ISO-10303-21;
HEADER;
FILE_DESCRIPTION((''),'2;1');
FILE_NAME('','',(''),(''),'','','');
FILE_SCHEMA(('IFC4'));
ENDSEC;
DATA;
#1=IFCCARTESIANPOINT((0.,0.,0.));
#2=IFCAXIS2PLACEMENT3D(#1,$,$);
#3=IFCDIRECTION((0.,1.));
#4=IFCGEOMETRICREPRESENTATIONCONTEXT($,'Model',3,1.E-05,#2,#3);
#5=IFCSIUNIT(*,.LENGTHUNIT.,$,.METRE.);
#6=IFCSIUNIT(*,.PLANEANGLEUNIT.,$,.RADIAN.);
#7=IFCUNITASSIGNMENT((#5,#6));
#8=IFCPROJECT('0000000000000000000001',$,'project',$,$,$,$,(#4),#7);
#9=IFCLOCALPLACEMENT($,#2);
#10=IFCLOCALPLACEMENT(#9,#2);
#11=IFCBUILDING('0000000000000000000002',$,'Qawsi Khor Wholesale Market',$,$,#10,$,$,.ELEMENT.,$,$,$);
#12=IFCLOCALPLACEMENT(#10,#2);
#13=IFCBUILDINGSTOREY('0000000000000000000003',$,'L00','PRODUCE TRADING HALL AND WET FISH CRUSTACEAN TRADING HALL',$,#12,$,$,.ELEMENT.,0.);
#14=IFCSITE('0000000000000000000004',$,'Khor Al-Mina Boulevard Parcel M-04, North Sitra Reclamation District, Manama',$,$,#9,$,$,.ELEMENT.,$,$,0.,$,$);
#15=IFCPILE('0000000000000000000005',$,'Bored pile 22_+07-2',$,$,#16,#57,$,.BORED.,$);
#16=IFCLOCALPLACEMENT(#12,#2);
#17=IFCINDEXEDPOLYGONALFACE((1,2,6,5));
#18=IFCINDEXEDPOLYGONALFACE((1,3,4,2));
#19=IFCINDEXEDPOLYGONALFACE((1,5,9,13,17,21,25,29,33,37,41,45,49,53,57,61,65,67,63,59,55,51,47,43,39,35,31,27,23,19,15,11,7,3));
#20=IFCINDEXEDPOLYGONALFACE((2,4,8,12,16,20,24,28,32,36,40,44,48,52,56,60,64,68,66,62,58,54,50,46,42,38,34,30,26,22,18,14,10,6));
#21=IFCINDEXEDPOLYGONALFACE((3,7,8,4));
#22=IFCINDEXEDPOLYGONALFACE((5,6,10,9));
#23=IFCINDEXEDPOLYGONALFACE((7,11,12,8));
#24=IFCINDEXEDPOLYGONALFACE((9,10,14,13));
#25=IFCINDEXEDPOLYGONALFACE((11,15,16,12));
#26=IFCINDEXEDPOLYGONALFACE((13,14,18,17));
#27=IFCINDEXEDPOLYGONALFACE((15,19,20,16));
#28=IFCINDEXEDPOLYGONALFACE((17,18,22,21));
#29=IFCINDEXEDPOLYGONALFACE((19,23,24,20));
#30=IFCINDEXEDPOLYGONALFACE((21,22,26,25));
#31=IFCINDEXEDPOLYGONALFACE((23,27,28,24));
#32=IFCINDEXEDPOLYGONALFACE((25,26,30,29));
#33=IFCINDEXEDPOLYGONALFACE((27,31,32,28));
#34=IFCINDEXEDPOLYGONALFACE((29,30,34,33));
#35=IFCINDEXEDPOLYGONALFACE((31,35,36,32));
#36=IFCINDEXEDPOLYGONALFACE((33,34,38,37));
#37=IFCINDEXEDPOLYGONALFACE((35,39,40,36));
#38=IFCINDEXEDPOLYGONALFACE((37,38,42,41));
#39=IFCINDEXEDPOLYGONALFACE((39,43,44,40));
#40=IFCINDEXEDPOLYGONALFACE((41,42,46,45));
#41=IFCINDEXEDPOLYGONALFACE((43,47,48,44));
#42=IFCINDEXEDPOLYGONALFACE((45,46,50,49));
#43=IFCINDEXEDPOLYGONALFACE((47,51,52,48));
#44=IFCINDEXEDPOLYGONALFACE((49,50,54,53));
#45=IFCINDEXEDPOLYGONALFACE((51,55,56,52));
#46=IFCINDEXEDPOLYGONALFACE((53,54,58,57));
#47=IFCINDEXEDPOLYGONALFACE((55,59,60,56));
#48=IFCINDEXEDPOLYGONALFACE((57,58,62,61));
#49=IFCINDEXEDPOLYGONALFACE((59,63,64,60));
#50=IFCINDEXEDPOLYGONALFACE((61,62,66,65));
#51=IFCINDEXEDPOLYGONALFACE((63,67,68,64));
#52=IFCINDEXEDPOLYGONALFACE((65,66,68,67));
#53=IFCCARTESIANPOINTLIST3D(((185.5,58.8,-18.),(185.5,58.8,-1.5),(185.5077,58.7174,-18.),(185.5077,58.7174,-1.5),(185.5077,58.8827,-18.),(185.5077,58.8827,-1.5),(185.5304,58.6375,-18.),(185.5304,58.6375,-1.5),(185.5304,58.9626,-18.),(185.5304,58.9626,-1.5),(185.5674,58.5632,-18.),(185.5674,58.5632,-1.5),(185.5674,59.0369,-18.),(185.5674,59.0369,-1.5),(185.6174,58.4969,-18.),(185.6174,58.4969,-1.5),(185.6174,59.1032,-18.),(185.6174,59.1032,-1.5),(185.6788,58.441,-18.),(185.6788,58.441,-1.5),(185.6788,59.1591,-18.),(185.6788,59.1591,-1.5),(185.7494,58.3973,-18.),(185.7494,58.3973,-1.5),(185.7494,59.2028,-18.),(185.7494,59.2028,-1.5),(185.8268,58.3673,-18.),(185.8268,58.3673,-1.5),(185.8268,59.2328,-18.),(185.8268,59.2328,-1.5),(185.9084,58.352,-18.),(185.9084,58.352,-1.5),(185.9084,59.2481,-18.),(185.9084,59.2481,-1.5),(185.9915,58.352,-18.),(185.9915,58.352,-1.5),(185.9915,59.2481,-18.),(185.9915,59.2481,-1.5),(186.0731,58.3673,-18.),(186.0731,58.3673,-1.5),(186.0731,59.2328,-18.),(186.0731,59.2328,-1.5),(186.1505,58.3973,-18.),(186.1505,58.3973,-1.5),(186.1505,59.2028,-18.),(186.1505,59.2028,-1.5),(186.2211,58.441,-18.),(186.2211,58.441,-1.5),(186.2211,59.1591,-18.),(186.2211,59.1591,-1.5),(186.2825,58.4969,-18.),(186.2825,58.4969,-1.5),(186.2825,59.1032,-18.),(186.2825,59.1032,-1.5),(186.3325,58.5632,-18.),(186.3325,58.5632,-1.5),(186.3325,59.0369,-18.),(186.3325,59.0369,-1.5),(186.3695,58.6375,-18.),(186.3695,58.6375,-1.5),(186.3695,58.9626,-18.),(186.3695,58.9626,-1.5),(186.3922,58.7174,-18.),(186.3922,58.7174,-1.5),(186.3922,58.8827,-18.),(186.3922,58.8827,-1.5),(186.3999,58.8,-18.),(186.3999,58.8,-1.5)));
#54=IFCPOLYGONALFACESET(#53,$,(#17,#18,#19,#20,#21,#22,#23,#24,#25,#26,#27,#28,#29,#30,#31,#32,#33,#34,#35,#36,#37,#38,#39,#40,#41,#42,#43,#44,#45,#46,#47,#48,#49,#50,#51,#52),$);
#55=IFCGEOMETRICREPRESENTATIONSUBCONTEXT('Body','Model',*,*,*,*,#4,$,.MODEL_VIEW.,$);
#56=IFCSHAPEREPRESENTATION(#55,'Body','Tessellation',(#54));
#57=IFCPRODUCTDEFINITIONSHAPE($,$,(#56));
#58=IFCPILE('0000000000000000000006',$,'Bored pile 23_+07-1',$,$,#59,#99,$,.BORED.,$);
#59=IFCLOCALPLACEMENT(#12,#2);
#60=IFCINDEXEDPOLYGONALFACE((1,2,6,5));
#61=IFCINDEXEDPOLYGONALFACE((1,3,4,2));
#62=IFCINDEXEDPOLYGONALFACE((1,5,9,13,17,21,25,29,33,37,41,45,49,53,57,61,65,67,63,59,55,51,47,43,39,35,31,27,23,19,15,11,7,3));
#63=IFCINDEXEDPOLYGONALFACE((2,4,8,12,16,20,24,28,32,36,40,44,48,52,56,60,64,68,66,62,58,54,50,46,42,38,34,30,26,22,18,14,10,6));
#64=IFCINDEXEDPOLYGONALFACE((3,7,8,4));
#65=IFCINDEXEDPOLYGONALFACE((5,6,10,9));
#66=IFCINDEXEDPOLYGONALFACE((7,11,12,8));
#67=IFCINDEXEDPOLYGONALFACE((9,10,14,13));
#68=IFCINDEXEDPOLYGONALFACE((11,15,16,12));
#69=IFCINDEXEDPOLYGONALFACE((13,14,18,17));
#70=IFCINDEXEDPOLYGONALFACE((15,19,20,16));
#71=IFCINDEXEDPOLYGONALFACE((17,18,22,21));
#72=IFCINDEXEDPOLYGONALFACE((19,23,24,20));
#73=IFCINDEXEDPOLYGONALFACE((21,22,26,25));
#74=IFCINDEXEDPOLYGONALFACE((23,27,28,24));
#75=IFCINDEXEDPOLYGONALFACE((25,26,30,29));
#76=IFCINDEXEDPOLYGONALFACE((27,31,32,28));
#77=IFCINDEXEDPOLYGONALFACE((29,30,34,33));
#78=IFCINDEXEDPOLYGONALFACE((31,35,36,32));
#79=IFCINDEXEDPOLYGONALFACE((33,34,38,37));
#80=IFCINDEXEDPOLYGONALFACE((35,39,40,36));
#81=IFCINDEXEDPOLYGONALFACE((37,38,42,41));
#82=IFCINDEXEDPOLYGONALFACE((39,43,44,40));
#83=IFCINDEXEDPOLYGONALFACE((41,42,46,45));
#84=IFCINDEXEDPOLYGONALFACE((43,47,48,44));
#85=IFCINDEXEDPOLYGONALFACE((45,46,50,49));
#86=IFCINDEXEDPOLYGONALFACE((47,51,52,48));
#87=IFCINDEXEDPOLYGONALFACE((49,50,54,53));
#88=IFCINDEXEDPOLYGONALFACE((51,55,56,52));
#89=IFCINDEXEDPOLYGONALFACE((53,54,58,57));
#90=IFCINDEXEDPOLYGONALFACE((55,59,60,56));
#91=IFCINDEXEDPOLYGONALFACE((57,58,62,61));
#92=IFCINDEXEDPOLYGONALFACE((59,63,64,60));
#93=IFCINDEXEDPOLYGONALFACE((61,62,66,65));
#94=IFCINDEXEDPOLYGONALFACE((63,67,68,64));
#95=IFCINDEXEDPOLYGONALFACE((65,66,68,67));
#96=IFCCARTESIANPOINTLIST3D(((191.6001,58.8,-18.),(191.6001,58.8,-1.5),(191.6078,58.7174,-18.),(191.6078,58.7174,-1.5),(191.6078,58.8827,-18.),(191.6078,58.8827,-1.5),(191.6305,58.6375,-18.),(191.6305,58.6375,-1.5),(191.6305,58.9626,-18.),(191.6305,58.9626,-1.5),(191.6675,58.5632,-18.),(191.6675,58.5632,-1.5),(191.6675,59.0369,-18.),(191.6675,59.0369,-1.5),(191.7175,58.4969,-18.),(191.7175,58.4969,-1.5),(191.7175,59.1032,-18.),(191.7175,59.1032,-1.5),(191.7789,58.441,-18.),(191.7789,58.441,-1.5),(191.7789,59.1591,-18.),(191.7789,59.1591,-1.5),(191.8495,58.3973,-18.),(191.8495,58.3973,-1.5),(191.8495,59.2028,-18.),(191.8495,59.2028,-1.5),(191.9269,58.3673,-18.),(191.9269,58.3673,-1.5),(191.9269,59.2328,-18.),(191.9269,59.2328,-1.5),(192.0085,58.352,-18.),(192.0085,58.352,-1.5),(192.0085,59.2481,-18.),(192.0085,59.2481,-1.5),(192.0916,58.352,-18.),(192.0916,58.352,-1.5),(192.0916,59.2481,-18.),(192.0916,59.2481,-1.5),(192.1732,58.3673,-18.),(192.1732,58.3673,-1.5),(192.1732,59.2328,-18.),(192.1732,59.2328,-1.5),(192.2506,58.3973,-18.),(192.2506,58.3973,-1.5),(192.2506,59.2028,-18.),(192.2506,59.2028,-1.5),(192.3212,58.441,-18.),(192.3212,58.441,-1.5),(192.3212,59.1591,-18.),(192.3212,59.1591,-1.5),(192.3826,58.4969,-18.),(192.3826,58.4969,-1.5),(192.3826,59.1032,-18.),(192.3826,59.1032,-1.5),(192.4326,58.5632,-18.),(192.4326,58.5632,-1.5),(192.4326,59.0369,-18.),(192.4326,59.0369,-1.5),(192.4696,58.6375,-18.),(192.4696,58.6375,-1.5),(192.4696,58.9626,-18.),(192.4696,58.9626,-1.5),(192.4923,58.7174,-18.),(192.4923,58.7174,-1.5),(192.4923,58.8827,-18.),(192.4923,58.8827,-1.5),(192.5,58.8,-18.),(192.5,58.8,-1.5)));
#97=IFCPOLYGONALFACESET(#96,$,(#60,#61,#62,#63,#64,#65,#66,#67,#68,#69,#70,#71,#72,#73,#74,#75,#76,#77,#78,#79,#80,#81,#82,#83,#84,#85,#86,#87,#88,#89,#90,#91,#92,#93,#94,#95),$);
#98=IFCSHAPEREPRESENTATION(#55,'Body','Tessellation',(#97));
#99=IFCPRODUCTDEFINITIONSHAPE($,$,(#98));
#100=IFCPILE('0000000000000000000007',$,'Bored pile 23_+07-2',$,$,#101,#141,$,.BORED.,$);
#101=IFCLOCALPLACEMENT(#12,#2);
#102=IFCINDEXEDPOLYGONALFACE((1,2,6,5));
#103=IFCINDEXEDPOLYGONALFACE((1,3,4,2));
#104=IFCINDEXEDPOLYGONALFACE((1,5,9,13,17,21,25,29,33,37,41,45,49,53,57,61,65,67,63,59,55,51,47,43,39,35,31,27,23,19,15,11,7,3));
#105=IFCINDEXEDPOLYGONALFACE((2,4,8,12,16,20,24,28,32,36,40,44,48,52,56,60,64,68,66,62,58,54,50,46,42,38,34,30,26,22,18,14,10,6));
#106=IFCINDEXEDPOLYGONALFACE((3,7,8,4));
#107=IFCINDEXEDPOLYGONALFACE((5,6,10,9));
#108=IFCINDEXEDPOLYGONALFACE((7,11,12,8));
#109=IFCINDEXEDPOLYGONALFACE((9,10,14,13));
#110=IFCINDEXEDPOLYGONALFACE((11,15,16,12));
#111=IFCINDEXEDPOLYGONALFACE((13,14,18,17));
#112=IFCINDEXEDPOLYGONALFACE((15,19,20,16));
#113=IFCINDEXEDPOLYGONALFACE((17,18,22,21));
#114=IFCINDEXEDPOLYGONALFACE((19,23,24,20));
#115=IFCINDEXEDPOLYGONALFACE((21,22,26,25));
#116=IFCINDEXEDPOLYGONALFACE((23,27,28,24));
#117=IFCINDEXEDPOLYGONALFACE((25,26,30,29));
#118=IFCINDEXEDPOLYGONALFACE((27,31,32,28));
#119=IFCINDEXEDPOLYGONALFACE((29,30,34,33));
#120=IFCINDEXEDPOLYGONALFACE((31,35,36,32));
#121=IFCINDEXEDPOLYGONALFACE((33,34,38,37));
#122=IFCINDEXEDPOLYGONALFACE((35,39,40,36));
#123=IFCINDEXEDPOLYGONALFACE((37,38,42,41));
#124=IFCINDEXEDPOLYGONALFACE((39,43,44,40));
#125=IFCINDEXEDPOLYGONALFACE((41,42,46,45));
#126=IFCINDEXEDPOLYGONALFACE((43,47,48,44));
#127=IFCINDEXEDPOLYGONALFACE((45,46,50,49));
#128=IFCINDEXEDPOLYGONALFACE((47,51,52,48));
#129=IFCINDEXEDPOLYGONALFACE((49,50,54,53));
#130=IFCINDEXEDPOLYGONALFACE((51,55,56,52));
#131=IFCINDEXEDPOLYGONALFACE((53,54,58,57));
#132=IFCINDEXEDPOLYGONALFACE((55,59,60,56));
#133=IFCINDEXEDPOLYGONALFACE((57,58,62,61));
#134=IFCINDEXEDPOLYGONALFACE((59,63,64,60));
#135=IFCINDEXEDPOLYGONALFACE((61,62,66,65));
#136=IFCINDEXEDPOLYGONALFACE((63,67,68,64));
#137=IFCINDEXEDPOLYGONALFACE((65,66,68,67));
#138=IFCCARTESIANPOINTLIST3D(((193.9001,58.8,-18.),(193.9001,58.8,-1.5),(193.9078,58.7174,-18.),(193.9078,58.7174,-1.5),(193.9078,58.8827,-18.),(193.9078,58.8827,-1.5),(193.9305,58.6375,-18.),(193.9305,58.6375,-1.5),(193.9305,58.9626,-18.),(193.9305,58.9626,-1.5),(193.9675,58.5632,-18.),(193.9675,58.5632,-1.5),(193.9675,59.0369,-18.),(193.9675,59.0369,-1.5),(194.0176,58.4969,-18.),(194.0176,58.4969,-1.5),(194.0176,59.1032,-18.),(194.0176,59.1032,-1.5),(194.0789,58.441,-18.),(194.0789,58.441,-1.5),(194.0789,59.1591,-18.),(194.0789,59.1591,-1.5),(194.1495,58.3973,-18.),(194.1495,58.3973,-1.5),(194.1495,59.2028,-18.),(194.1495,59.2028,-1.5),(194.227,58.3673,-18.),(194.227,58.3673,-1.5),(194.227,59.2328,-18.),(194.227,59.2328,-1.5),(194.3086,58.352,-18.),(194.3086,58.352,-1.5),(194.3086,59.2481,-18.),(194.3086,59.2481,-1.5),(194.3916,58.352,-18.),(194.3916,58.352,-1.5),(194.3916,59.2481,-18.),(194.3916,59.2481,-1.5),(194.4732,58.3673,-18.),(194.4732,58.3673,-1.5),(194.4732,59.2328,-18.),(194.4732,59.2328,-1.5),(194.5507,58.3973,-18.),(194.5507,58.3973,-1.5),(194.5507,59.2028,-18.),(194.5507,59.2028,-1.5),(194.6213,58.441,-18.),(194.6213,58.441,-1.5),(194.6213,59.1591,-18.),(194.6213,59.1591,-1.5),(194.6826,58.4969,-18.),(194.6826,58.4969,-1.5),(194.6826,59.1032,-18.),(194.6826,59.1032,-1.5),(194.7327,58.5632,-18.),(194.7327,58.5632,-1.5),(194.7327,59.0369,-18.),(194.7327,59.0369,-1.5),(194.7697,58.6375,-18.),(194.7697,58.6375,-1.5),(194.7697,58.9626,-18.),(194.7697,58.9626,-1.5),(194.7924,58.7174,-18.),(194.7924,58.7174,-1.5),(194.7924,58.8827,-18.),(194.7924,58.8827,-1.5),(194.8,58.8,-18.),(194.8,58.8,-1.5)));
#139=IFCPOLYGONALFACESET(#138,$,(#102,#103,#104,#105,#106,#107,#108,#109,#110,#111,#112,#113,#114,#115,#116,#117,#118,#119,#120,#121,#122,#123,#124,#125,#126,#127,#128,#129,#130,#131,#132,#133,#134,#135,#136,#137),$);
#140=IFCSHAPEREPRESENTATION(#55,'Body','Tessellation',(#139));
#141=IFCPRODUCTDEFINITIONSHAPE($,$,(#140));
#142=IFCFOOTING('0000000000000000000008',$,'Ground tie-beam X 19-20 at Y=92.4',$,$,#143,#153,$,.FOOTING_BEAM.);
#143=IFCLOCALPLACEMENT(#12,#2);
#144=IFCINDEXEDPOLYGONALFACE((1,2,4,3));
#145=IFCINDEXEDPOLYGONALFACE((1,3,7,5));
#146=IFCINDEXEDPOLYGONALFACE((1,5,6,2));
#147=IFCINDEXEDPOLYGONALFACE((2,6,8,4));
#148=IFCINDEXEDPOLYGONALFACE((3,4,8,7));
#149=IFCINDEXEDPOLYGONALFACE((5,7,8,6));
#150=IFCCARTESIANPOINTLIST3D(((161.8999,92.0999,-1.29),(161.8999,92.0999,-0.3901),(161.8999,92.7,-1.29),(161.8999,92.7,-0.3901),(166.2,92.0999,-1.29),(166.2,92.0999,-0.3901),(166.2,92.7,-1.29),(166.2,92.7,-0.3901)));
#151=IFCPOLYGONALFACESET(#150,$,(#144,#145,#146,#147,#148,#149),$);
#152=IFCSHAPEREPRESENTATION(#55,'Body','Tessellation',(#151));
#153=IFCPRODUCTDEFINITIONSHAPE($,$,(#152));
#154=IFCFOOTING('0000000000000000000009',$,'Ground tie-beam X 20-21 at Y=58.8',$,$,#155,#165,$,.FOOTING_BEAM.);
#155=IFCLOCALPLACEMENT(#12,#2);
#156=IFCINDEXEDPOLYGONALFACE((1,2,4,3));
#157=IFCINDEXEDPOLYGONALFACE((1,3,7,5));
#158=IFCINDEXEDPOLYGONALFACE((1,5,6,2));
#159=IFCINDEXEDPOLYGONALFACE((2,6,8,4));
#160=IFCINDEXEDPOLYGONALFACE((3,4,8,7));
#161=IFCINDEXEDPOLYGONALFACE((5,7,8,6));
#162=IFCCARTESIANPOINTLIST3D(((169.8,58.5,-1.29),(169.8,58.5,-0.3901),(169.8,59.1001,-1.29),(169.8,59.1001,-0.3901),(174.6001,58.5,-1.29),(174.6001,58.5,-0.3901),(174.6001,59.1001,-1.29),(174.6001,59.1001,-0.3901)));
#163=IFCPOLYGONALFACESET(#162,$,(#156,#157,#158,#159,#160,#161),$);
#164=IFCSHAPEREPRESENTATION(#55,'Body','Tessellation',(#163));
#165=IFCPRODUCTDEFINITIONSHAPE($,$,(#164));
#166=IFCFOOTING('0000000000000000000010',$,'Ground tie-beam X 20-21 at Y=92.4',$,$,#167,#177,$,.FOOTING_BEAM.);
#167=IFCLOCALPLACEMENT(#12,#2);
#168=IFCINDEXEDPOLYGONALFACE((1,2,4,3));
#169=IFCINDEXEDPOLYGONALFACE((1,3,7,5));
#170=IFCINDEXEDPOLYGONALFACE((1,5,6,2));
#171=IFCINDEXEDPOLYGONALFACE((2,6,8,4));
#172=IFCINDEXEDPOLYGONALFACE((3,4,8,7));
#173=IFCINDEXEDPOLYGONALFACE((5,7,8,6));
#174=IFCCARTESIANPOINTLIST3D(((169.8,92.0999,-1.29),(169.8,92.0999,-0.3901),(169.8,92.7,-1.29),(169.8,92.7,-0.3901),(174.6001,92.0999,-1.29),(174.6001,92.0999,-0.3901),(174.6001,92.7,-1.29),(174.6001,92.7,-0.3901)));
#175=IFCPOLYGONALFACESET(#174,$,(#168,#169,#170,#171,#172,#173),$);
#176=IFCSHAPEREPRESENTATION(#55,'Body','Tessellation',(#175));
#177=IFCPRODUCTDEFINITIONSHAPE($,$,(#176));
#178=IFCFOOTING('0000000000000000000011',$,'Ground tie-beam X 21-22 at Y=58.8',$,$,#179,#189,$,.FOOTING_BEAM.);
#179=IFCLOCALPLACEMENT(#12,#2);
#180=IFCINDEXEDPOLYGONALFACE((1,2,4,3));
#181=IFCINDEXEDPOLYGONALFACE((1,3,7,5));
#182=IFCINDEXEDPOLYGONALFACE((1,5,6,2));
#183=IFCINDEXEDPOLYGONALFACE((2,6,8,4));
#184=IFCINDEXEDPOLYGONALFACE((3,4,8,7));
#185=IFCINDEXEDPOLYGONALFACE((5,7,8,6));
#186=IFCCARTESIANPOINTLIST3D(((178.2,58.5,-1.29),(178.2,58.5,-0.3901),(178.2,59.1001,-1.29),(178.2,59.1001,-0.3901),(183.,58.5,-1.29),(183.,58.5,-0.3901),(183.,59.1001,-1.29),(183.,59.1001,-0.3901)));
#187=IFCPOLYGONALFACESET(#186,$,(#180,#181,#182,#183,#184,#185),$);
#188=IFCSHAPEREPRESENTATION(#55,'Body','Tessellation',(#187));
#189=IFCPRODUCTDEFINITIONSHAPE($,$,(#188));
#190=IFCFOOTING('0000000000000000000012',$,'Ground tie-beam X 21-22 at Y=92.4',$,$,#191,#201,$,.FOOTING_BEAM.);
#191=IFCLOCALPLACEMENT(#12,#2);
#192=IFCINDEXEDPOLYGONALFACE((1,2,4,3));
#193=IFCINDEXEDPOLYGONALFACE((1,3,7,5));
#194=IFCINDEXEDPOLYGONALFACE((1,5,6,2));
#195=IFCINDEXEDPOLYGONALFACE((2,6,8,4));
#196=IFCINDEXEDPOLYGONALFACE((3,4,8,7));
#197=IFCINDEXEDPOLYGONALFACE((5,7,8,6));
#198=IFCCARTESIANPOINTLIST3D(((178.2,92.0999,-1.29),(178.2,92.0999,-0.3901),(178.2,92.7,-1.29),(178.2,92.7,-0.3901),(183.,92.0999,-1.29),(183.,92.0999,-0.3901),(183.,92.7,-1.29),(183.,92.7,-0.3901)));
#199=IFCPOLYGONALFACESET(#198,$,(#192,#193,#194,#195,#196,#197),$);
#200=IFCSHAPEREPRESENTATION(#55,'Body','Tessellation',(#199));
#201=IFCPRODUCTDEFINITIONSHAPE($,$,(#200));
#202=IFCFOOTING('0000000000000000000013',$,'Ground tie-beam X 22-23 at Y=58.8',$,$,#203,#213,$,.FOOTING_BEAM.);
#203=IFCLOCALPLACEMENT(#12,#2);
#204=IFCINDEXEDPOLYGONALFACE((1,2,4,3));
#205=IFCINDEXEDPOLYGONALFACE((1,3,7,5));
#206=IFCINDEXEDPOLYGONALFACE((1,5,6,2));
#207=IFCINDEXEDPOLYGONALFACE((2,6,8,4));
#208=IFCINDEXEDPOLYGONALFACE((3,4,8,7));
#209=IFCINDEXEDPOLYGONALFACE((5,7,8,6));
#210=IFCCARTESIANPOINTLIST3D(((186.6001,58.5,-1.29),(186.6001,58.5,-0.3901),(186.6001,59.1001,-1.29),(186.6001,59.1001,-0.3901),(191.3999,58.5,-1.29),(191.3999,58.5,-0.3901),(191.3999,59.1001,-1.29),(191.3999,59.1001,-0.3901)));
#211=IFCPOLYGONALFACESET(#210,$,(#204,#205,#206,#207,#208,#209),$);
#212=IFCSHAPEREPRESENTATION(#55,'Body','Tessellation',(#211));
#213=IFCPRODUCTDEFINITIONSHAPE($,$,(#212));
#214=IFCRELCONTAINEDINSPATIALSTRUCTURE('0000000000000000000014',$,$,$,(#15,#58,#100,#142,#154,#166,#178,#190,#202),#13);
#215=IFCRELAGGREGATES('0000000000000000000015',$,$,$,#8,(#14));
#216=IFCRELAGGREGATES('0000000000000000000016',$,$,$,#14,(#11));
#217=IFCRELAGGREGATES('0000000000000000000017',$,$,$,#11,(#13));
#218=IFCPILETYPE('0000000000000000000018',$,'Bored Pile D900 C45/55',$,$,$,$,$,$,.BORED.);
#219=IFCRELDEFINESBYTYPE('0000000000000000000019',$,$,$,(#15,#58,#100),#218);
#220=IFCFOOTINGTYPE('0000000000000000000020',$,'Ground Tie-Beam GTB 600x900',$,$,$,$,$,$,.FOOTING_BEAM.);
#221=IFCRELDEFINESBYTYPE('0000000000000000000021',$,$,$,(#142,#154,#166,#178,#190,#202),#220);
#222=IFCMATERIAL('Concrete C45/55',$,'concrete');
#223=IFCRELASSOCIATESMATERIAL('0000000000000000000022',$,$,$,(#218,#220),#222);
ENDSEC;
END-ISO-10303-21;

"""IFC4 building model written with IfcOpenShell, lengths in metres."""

from ifc_helpers import new_model, si_unit, direction, frame, origin, origin_2d, place, context, subcontext, project, spatial, rectangle, circle, extrude, material, material_profile, profile_set, type_object, element, save


model = new_model("IFC4")

# Units and contexts
model_context = context("Model", 3, precision=1e-05, world=origin(), true_north=direction((0.0, 1.0)))
body_context = subcontext(model_context, "Body", "Model", "MODEL_VIEW")
ifc_project = project(units=[si_unit("LENGTHUNIT", "METRE"), si_unit("PLANEANGLEUNIT", "RADIAN")], contexts=[model_context])

# Site, building, storey
site_placement = place(None, origin())
site = spatial("IfcSite", under=ifc_project, at=site_placement, Name="Khor Al-Mina Boulevard Parcel M-04, North Sitra Reclamation District, Manama", CompositionType="ELEMENT", RefElevation=0.0)
building_placement = place(site_placement, origin())
building = spatial("IfcBuilding", under=site, at=building_placement, Name="Qawsi Khor Wholesale Market", CompositionType="ELEMENT")
storey_placement = place(building_placement, origin())
storey = spatial("IfcBuildingStorey", under=building, at=storey_placement, Name="L00", Description="PRODUCE TRADING HALL AND WET FISH CRUSTACEAN TRADING HALL", CompositionType="ELEMENT", Elevation=0.0)

# Piles
ifc_material_1 = material(Name="Concrete C45/55", Category="concrete")
ifc_material_profile_1 = material_profile(ifc_material_1, circle(Radius=0.45, at=origin_2d()), Name="PILE D900")
ifc_profile_set_1 = profile_set([ifc_material_profile_1], Name="Concrete C45/55")
pile_type = type_object("IfcPileType", Name="Bored Pile D900 C45/55", PredefinedType="BORED", material=ifc_profile_set_1)
for number, where, z_axis, x_axis, name in (
    (1, (185.95, 58.8, -1.5), (0.0, 0.0, -1.0), (1.0, 0.0, 0.0), "Bored pile 22_+07-2"),
    (2, (192.05, 58.8, -1.5), (0.0, 0.0, -1.0), (1.0, 0.0, 0.0), "Bored pile 23_+07-1"),
    (3, (194.3501, 58.8, -1.5), (0.0, 0.0, -1.0), (1.0, 0.0, 0.0), "Bored pile 23_+07-2"),
):
    element("IfcPile", number, at=place(storey_placement, frame(where, z_axis=z_axis, x_axis=x_axis)), inside=storey, type_object=pile_type, Name=name, PredefinedType="BORED", context=body_context, shape_type="SweptSolid", body=[
        extrude(circle(Radius=0.45, at=origin_2d()), origin(), (0.0, 0.0, 1.0), 16.5),
    ])

# Footings
ifc_material_profile_2 = material_profile(ifc_material_1, rectangle(XDim=0.6001, YDim=0.8999, at=origin_2d()), Name="RC 600x900")
ifc_profile_set_2 = profile_set([ifc_material_profile_2], Name="Concrete C45/55")
footing_type_1 = type_object("IfcFootingType", Name="Ground Tie-Beam GTB 600x900", PredefinedType="FOOTING_BEAM", material=ifc_profile_set_2)
footing_1_placement = place(storey_placement, frame((161.8999, 92.3999, -0.8401), z_axis=(1.0, 0.0, 0.0), x_axis=(0.0, 1.0, 0.0)))
element("IfcFooting", 4, at=footing_1_placement, inside=storey, type_object=footing_type_1, Name="Ground tie-beam X 19-20 at Y=92.4", PredefinedType="FOOTING_BEAM", context=body_context, shape_type="SweptSolid", body=[
    extrude(rectangle(XDim=0.6001, YDim=0.8999, at=origin_2d()), origin(), (0.0, 0.0, 1.0), 4.3),
])
for number, where, z_axis, x_axis, name in (
    (5, (169.8, 58.8, -0.8401), (1.0, 0.0, 0.0), (0.0, 1.0, 0.0), "Ground tie-beam X 20-21 at Y=58.8"),
    (6, (169.8, 92.3999, -0.8401), (1.0, 0.0, 0.0), (0.0, 1.0, 0.0), "Ground tie-beam X 20-21 at Y=92.4"),
    (7, (178.2, 58.8, -0.8401), (1.0, 0.0, 0.0), (0.0, 1.0, 0.0), "Ground tie-beam X 21-22 at Y=58.8"),
    (8, (178.2, 92.3999, -0.8401), (1.0, 0.0, 0.0), (0.0, 1.0, 0.0), "Ground tie-beam X 21-22 at Y=92.4"),
):
    element("IfcFooting", number, at=place(storey_placement, frame(where, z_axis=z_axis, x_axis=x_axis)), inside=storey, type_object=footing_type_1, Name=name, PredefinedType="FOOTING_BEAM", context=body_context, shape_type="SweptSolid", body=[
        extrude(rectangle(XDim=0.6001, YDim=0.8999, at=origin_2d()), origin(), (0.0, 0.0, 1.0), 4.8),
    ])
footing_2_placement = place(storey_placement, frame((186.6001, 58.8, -0.8401), z_axis=(1.0, 0.0, 0.0), x_axis=(0.0, 1.0, 0.0)))
element("IfcFooting", 9, at=footing_2_placement, inside=storey, type_object=footing_type_1, Name="Ground tie-beam X 22-23 at Y=58.8", PredefinedType="FOOTING_BEAM", context=body_context, shape_type="SweptSolid", body=[
    extrude(rectangle(XDim=0.6001, YDim=0.8999, at=origin_2d()), origin(), (0.0, 0.0, 1.0), 4.7998),
])

save(model, "model.ifc")
